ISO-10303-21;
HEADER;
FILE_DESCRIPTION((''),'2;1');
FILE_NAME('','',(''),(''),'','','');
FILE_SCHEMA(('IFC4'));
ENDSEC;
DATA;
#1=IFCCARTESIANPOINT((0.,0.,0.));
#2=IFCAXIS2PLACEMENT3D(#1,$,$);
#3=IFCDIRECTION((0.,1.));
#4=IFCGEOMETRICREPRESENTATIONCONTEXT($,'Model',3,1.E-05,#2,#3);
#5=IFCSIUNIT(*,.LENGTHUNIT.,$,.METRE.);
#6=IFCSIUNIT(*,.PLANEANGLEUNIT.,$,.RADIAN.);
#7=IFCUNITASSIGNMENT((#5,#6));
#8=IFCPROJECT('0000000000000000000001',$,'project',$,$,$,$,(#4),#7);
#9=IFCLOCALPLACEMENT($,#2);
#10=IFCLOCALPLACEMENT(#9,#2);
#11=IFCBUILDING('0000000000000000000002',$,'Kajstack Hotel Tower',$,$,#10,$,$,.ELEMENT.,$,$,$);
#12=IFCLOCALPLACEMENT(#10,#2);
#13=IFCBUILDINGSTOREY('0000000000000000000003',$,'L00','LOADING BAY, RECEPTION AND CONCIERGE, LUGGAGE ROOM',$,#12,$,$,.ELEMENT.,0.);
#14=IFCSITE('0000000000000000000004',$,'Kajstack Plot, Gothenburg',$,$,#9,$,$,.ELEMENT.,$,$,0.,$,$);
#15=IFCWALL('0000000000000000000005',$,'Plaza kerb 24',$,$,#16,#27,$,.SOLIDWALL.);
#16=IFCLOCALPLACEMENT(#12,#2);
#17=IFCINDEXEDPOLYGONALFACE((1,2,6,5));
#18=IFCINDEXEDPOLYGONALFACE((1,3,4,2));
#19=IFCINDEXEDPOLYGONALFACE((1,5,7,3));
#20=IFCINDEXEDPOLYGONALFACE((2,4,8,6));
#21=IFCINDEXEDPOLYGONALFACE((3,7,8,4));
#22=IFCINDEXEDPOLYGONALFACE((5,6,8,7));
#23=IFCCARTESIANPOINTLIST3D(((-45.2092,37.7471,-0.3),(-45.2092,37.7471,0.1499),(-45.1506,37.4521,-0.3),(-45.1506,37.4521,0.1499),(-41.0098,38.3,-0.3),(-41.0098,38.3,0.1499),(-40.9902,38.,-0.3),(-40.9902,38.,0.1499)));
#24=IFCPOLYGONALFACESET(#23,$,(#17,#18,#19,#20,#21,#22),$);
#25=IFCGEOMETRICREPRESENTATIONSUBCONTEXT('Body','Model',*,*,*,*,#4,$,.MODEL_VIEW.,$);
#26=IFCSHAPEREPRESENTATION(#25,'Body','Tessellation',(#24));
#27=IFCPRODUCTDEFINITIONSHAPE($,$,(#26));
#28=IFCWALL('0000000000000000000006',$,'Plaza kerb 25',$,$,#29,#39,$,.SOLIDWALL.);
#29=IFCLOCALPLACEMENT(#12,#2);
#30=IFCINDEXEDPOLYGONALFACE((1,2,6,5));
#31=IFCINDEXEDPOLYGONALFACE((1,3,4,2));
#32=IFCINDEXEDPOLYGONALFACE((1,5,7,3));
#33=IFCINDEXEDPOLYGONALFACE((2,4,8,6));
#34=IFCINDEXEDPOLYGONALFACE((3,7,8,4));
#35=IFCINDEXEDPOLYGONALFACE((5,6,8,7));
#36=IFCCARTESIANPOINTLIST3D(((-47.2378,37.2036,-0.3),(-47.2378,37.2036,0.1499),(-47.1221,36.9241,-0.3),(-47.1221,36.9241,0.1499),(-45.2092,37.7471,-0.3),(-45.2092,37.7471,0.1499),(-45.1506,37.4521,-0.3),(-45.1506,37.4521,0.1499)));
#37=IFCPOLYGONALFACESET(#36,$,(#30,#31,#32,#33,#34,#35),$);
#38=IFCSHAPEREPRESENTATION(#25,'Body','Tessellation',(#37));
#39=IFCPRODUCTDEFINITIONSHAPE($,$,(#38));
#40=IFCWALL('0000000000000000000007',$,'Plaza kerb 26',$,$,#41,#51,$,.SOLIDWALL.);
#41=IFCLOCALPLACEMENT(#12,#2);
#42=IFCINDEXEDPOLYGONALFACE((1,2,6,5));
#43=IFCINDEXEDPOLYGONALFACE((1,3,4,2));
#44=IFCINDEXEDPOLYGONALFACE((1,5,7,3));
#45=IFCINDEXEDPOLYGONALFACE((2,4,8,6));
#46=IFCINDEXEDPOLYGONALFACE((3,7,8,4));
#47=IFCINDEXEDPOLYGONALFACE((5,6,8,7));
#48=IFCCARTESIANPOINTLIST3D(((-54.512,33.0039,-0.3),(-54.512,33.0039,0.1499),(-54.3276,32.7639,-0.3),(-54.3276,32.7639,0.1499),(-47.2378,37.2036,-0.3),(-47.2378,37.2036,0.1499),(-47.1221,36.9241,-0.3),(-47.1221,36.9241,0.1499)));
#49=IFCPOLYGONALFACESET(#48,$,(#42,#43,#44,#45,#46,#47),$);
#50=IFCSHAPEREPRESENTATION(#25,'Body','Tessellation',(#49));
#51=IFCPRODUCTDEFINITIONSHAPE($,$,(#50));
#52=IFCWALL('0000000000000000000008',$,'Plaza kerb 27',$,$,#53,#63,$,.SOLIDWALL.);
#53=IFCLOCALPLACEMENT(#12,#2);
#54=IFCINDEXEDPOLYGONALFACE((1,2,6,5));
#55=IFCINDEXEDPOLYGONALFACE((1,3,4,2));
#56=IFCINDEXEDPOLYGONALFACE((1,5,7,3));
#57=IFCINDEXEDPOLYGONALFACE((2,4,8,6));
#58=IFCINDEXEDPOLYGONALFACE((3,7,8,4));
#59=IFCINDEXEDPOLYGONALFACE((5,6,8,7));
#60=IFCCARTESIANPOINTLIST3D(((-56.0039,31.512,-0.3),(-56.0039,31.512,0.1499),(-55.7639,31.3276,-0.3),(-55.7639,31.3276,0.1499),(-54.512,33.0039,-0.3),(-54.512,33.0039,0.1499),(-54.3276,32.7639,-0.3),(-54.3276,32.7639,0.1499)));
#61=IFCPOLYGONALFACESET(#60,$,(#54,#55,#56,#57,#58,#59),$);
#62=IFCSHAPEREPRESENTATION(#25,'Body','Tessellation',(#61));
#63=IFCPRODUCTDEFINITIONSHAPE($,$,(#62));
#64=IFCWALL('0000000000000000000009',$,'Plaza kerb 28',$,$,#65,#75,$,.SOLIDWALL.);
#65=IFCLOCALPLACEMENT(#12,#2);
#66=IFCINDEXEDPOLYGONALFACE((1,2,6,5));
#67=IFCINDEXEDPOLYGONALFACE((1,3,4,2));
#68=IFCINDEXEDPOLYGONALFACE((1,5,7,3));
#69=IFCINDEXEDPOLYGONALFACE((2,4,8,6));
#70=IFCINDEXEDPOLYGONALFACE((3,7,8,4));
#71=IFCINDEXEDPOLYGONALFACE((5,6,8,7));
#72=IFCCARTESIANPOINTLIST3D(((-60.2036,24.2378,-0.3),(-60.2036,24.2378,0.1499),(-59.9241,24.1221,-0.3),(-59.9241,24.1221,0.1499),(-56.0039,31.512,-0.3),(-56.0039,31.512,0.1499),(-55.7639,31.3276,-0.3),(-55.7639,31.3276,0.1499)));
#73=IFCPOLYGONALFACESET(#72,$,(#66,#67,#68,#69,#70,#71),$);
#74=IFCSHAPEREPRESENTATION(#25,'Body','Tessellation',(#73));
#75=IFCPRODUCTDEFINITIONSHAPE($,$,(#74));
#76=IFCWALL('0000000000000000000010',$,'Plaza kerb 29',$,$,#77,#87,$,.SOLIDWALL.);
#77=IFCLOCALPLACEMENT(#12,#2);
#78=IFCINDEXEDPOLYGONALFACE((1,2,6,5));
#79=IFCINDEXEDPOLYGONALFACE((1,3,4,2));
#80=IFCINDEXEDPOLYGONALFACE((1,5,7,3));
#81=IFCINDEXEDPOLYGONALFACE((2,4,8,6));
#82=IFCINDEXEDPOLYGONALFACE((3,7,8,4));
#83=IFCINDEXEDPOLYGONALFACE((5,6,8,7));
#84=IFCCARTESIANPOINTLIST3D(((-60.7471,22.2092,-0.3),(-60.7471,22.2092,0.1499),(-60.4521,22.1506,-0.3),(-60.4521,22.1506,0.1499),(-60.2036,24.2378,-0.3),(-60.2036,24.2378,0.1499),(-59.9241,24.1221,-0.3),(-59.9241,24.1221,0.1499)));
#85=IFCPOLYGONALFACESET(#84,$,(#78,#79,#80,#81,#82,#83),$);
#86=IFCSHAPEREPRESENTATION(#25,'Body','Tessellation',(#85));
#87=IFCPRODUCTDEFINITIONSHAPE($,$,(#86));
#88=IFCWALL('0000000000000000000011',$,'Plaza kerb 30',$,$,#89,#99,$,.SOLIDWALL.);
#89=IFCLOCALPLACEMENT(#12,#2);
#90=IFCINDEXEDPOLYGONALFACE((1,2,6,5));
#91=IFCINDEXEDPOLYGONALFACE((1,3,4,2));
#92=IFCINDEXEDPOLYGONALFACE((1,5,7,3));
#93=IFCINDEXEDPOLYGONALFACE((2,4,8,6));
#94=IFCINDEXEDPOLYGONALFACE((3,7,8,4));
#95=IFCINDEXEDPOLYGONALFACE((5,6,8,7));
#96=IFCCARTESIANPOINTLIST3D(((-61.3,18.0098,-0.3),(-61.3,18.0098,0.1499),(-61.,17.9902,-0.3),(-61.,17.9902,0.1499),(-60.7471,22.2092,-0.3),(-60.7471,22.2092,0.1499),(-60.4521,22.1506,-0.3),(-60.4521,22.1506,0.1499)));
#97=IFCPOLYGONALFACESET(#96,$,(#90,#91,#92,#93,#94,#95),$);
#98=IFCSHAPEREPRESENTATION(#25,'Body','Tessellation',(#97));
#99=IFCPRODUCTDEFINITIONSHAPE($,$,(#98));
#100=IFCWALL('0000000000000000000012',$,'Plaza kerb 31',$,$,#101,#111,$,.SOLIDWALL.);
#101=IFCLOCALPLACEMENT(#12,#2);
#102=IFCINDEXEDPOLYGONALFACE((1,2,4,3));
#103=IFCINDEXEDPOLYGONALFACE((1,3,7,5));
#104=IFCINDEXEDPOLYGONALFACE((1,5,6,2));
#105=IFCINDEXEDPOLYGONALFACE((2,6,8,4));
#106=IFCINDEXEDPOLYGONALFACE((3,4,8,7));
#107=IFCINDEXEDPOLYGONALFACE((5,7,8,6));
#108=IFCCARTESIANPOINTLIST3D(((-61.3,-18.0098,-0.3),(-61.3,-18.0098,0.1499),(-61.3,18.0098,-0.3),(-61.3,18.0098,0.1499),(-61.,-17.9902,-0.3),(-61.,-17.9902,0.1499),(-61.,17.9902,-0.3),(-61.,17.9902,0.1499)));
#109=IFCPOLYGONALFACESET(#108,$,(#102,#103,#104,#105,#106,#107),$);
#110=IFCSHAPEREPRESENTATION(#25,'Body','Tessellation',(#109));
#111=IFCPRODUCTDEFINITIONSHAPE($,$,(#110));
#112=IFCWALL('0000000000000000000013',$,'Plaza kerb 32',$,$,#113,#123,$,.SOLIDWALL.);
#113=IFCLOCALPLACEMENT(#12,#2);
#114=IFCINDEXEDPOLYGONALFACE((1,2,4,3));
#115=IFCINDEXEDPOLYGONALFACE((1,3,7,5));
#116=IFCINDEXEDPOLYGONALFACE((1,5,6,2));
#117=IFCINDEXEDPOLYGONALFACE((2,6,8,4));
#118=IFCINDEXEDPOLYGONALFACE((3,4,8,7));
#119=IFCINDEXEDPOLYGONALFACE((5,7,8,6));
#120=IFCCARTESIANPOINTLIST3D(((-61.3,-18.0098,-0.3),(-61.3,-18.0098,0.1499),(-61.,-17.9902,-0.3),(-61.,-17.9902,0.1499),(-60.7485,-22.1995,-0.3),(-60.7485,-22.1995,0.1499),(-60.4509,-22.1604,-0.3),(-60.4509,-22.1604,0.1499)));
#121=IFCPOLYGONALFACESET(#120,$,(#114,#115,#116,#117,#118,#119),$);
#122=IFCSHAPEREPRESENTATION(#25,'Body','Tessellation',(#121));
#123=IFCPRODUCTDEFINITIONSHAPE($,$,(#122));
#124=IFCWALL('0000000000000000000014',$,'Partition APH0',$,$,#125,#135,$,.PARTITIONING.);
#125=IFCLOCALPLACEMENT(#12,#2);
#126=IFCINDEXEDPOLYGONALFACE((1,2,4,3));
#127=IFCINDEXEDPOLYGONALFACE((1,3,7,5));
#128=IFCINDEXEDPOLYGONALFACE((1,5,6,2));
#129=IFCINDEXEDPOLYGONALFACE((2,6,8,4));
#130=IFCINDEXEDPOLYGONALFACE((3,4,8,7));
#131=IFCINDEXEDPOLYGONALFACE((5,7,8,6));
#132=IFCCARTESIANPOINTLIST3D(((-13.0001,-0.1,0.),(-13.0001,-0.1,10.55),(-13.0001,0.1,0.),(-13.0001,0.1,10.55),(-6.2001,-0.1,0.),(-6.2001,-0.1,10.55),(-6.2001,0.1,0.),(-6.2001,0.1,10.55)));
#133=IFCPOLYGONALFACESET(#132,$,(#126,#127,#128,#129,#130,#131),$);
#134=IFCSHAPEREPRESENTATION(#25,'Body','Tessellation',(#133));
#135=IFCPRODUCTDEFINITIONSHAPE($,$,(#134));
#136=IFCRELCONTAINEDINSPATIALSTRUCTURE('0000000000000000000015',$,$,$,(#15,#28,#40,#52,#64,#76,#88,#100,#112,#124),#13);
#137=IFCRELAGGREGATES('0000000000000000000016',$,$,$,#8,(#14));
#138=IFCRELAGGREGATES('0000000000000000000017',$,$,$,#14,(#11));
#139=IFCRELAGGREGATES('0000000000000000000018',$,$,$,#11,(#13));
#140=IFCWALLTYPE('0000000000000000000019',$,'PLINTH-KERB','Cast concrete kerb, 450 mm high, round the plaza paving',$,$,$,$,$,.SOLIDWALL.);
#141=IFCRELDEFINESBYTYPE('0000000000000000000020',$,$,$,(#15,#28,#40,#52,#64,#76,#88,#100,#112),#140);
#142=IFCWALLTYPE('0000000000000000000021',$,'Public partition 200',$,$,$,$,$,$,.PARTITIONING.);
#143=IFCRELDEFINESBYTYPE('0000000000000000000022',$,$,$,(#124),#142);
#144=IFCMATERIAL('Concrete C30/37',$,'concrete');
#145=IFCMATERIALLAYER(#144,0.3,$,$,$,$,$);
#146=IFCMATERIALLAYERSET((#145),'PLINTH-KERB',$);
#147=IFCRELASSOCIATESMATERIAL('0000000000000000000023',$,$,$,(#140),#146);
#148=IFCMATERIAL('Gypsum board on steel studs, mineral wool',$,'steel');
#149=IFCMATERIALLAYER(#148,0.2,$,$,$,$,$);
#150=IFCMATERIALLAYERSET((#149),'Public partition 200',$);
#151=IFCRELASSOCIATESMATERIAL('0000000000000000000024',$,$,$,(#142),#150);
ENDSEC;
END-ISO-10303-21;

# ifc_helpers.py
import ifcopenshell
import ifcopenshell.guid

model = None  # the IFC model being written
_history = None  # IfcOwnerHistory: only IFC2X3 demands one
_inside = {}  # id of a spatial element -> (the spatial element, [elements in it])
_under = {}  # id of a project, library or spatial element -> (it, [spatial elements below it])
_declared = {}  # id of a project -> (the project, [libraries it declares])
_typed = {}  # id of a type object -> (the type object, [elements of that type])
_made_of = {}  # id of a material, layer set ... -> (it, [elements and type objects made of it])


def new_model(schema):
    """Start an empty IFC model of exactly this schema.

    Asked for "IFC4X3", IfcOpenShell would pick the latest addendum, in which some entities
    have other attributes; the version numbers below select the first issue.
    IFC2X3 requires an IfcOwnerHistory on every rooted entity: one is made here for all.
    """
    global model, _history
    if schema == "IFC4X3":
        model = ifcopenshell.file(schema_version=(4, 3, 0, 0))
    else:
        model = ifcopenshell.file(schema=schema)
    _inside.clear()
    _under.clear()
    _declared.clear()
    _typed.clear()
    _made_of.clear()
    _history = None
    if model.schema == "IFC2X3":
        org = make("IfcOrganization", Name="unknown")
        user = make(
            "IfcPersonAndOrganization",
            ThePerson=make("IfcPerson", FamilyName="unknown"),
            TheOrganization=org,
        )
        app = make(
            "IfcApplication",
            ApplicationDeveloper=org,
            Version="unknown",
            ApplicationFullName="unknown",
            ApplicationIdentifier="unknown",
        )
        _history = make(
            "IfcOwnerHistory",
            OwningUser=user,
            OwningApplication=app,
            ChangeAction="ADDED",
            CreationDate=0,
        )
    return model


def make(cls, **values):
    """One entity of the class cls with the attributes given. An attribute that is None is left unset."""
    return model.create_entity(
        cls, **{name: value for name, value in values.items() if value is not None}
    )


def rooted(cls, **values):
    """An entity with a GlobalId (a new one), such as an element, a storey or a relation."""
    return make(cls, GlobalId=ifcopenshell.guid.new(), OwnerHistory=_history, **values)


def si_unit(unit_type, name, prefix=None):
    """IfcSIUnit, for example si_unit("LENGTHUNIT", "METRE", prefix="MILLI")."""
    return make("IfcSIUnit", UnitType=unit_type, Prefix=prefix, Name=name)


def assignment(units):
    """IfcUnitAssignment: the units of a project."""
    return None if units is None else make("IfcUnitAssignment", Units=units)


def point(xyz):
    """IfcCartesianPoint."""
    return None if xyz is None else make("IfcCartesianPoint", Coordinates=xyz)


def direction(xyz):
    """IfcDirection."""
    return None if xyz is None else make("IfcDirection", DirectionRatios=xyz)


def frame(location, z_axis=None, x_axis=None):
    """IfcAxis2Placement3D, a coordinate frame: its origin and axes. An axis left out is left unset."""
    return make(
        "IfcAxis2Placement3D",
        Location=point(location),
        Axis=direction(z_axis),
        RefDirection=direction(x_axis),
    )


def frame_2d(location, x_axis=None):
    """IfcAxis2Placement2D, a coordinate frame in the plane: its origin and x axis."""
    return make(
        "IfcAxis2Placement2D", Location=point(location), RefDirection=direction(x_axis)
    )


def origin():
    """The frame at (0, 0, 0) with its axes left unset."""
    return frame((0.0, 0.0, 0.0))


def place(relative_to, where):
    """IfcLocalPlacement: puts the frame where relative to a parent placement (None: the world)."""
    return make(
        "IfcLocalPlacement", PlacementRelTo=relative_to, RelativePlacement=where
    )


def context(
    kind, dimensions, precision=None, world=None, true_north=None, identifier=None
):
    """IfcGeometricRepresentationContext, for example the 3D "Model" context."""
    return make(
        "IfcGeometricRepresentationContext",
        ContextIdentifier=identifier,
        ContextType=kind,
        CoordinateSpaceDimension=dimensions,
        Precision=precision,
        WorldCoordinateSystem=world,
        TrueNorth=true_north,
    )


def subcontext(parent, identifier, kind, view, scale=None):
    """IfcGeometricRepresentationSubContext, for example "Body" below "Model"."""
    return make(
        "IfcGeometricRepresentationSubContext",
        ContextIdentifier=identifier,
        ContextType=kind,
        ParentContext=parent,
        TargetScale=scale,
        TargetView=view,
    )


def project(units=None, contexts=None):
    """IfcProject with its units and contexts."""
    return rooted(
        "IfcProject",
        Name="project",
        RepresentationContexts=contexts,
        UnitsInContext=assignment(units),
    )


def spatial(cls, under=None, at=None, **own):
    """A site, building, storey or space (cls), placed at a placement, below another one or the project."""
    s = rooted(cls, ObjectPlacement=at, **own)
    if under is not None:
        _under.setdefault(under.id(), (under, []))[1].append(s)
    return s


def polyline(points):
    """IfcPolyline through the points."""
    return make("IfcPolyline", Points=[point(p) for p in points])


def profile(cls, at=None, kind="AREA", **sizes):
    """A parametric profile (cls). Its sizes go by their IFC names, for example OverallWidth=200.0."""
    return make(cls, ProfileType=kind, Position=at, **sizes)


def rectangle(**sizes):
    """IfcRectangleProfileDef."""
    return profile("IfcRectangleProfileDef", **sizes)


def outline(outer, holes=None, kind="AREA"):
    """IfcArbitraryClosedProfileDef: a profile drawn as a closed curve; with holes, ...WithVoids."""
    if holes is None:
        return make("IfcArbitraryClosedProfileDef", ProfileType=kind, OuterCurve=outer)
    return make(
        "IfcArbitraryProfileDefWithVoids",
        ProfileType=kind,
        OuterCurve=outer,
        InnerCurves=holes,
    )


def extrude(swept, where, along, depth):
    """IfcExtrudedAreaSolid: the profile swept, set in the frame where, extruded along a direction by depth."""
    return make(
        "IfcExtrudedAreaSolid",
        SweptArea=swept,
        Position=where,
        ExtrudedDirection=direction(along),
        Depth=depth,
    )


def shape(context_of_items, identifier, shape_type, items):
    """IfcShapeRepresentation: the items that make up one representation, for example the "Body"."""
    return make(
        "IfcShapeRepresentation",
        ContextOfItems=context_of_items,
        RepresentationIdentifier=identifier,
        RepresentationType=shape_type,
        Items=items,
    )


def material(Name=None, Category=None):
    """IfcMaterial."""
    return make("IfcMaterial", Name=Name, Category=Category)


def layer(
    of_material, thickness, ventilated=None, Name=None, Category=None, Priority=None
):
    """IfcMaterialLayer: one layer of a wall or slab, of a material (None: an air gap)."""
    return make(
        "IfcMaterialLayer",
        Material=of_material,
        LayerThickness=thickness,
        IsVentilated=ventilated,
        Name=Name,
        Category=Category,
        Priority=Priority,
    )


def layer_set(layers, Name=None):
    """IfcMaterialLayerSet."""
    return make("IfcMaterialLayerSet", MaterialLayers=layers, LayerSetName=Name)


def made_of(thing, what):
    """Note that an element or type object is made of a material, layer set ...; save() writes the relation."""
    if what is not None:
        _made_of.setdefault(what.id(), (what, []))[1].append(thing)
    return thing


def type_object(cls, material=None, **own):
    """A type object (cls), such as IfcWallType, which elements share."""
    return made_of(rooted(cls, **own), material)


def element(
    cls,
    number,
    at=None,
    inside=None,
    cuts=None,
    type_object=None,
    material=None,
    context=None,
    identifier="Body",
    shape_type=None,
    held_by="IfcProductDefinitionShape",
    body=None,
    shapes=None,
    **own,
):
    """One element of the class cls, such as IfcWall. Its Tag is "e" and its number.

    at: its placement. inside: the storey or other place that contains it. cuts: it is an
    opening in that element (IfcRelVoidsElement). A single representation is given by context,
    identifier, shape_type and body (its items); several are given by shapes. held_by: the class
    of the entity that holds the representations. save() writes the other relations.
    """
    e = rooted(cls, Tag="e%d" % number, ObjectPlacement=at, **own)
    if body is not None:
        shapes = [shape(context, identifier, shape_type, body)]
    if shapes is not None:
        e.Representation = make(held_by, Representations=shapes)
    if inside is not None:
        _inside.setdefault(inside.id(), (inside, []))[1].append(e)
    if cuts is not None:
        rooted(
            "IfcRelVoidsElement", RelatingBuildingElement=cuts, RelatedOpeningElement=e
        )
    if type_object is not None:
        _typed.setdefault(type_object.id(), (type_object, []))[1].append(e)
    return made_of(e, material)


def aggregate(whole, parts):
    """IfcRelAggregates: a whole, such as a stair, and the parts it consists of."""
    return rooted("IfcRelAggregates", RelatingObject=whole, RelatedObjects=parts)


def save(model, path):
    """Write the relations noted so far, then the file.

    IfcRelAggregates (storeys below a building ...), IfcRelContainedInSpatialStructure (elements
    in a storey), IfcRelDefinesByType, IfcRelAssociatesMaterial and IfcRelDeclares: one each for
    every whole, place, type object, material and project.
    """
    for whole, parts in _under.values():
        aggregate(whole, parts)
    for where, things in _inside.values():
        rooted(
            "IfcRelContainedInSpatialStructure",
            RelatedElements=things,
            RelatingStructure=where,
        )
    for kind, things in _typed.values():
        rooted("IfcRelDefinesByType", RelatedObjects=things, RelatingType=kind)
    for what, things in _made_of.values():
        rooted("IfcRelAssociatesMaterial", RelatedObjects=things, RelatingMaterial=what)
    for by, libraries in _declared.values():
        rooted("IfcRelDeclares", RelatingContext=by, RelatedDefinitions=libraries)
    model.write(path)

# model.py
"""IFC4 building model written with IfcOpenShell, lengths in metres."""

from ifc_helpers import new_model, si_unit, direction, frame, frame_2d, origin, place, context, subcontext, project, spatial, polyline, rectangle, outline, extrude, material, layer, layer_set, type_object, element, save


model = new_model("IFC4")

# Units and contexts
model_context = context("Model", 3, precision=1e-05, world=origin(), true_north=direction((0.0, 1.0)))
body_context = subcontext(model_context, "Body", "Model", "MODEL_VIEW")
ifc_project = project(units=[si_unit("LENGTHUNIT", "METRE"), si_unit("PLANEANGLEUNIT", "RADIAN")], contexts=[model_context])

# Site, building, storey
site_placement = place(None, origin())
site = spatial("IfcSite", under=ifc_project, at=site_placement, Name="Kajstack Plot, Gothenburg", CompositionType="ELEMENT", RefElevation=0.0)
building_placement = place(site_placement, origin())
building = spatial("IfcBuilding", under=site, at=building_placement, Name="Kajstack Hotel Tower", CompositionType="ELEMENT")
storey_placement = place(building_placement, origin())
storey = spatial("IfcBuildingStorey", under=building, at=storey_placement, Name="L00", Description="LOADING BAY, RECEPTION AND CONCIERGE, LUGGAGE ROOM", CompositionType="ELEMENT", Elevation=0.0)

# Shared definitions
ifc_material_1 = material(Name="Concrete C30/37", Category="concrete")

# Walls
ifc_layer_1 = layer(ifc_material_1, 0.3)
ifc_layer_set_1 = layer_set([ifc_layer_1], Name="PLINTH-KERB")
wall_type_1 = type_object("IfcWallType", Name="PLINTH-KERB", Description="Cast concrete kerb, 450 mm high, round the plaza paving", PredefinedType="SOLIDWALL", material=ifc_layer_set_1)
wall_1_placement = place(storey_placement, frame((0.0, 0.0, -0.3)))
element("IfcWall", 1, at=wall_1_placement, inside=storey, type_object=wall_type_1, Name="Plaza kerb 24", PredefinedType="SOLIDWALL", context=body_context, shape_type="SweptSolid", body=[
    extrude(outline(polyline([(-40.9902, 38.0), (-45.1506, 37.4521), (-45.2092, 37.7471), (-41.0098, 38.3), (-40.9902, 38.0)])), origin(), (0.0, 0.0, 1.0), 0.45),
])
wall_2_placement = place(storey_placement, frame((0.0, 0.0, -0.3)))
element("IfcWall", 2, at=wall_2_placement, inside=storey, type_object=wall_type_1, Name="Plaza kerb 25", PredefinedType="SOLIDWALL", context=body_context, shape_type="SweptSolid", body=[
    extrude(outline(polyline([(-45.1506, 37.4521), (-47.1221, 36.9241), (-47.2378, 37.2036), (-45.2092, 37.7471), (-45.1506, 37.4521)])), origin(), (0.0, 0.0, 1.0), 0.45),
])
wall_3_placement = place(storey_placement, frame((0.0, 0.0, -0.3)))
element("IfcWall", 3, at=wall_3_placement, inside=storey, type_object=wall_type_1, Name="Plaza kerb 26", PredefinedType="SOLIDWALL", context=body_context, shape_type="SweptSolid", body=[
    extrude(outline(polyline([(-47.1221, 36.9241), (-54.3276, 32.7639), (-54.512, 33.0039), (-47.2378, 37.2036), (-47.1221, 36.9241)])), origin(), (0.0, 0.0, 1.0), 0.45),
])
wall_4_placement = place(storey_placement, frame((0.0, 0.0, -0.3)))
element("IfcWall", 4, at=wall_4_placement, inside=storey, type_object=wall_type_1, Name="Plaza kerb 27", PredefinedType="SOLIDWALL", context=body_context, shape_type="SweptSolid", body=[
    extrude(outline(polyline([(-54.3276, 32.7639), (-55.7639, 31.3276), (-56.0039, 31.512), (-54.512, 33.0039), (-54.3276, 32.7639)])), origin(), (0.0, 0.0, 1.0), 0.45),
])
wall_5_placement = place(storey_placement, frame((0.0, 0.0, -0.3)))
element("IfcWall", 5, at=wall_5_placement, inside=storey, type_object=wall_type_1, Name="Plaza kerb 28", PredefinedType="SOLIDWALL", context=body_context, shape_type="SweptSolid", body=[
    extrude(outline(polyline([(-55.7639, 31.3276), (-59.9241, 24.1221), (-60.2036, 24.2378), (-56.0039, 31.512), (-55.7639, 31.3276)])), origin(), (0.0, 0.0, 1.0), 0.45),
])
wall_6_placement = place(storey_placement, frame((0.0, 0.0, -0.3)))
element("IfcWall", 6, at=wall_6_placement, inside=storey, type_object=wall_type_1, Name="Plaza kerb 29", PredefinedType="SOLIDWALL", context=body_context, shape_type="SweptSolid", body=[
    extrude(outline(polyline([(-59.9241, 24.1221), (-60.4521, 22.1506), (-60.7471, 22.2092), (-60.2036, 24.2378), (-59.9241, 24.1221)])), origin(), (0.0, 0.0, 1.0), 0.45),
])
wall_7_placement = place(storey_placement, frame((0.0, 0.0, -0.3)))
element("IfcWall", 7, at=wall_7_placement, inside=storey, type_object=wall_type_1, Name="Plaza kerb 30", PredefinedType="SOLIDWALL", context=body_context, shape_type="SweptSolid", body=[
    extrude(outline(polyline([(-60.4521, 22.1506), (-61.0, 17.9902), (-61.3, 18.0098), (-60.7471, 22.2092), (-60.4521, 22.1506)])), origin(), (0.0, 0.0, 1.0), 0.45),
])
wall_8_placement = place(storey_placement, frame((0.0, 0.0, -0.3)))
element("IfcWall", 8, at=wall_8_placement, inside=storey, type_object=wall_type_1, Name="Plaza kerb 31", PredefinedType="SOLIDWALL", context=body_context, shape_type="SweptSolid", body=[
    extrude(outline(polyline([(-61.0, 17.9902), (-61.0, -17.9902), (-61.3, -18.0098), (-61.3, 18.0098), (-61.0, 17.9902)])), origin(), (0.0, 0.0, 1.0), 0.45),
])
wall_9_placement = place(storey_placement, frame((0.0, 0.0, -0.3)))
element("IfcWall", 9, at=wall_9_placement, inside=storey, type_object=wall_type_1, Name="Plaza kerb 32", PredefinedType="SOLIDWALL", context=body_context, shape_type="SweptSolid", body=[
    extrude(outline(polyline([(-61.0, -17.9902), (-60.4509, -22.1604), (-60.7485, -22.1995), (-61.3, -18.0098), (-61.0, -17.9902)])), origin(), (0.0, 0.0, 1.0), 0.45),
])
ifc_material_2 = material(Name="Gypsum board on steel studs, mineral wool", Category="steel")
ifc_layer_2 = layer(ifc_material_2, 0.2)
ifc_layer_set_2 = layer_set([ifc_layer_2], Name="Public partition 200")
wall_type_2 = type_object("IfcWallType", Name="Public partition 200", PredefinedType="PARTITIONING", material=ifc_layer_set_2)
wall_10_placement = place(storey_placement, frame((-13.0, 0.0, 0.0), z_axis=(0.0, 0.0, 1.0), x_axis=(1.0, 0.0, 0.0)))
element("IfcWall", 10, at=wall_10_placement, inside=storey, type_object=wall_type_2, Name="Partition APH0", PredefinedType="PARTITIONING", context=body_context, shape_type="SweptSolid", body=[
    extrude(rectangle(XDim=6.8, YDim=0.2, at=frame_2d((3.3999, 0.0))), origin(), (0.0, 0.0, 1.0), 10.55),
])

save(model, "model.ifc")
